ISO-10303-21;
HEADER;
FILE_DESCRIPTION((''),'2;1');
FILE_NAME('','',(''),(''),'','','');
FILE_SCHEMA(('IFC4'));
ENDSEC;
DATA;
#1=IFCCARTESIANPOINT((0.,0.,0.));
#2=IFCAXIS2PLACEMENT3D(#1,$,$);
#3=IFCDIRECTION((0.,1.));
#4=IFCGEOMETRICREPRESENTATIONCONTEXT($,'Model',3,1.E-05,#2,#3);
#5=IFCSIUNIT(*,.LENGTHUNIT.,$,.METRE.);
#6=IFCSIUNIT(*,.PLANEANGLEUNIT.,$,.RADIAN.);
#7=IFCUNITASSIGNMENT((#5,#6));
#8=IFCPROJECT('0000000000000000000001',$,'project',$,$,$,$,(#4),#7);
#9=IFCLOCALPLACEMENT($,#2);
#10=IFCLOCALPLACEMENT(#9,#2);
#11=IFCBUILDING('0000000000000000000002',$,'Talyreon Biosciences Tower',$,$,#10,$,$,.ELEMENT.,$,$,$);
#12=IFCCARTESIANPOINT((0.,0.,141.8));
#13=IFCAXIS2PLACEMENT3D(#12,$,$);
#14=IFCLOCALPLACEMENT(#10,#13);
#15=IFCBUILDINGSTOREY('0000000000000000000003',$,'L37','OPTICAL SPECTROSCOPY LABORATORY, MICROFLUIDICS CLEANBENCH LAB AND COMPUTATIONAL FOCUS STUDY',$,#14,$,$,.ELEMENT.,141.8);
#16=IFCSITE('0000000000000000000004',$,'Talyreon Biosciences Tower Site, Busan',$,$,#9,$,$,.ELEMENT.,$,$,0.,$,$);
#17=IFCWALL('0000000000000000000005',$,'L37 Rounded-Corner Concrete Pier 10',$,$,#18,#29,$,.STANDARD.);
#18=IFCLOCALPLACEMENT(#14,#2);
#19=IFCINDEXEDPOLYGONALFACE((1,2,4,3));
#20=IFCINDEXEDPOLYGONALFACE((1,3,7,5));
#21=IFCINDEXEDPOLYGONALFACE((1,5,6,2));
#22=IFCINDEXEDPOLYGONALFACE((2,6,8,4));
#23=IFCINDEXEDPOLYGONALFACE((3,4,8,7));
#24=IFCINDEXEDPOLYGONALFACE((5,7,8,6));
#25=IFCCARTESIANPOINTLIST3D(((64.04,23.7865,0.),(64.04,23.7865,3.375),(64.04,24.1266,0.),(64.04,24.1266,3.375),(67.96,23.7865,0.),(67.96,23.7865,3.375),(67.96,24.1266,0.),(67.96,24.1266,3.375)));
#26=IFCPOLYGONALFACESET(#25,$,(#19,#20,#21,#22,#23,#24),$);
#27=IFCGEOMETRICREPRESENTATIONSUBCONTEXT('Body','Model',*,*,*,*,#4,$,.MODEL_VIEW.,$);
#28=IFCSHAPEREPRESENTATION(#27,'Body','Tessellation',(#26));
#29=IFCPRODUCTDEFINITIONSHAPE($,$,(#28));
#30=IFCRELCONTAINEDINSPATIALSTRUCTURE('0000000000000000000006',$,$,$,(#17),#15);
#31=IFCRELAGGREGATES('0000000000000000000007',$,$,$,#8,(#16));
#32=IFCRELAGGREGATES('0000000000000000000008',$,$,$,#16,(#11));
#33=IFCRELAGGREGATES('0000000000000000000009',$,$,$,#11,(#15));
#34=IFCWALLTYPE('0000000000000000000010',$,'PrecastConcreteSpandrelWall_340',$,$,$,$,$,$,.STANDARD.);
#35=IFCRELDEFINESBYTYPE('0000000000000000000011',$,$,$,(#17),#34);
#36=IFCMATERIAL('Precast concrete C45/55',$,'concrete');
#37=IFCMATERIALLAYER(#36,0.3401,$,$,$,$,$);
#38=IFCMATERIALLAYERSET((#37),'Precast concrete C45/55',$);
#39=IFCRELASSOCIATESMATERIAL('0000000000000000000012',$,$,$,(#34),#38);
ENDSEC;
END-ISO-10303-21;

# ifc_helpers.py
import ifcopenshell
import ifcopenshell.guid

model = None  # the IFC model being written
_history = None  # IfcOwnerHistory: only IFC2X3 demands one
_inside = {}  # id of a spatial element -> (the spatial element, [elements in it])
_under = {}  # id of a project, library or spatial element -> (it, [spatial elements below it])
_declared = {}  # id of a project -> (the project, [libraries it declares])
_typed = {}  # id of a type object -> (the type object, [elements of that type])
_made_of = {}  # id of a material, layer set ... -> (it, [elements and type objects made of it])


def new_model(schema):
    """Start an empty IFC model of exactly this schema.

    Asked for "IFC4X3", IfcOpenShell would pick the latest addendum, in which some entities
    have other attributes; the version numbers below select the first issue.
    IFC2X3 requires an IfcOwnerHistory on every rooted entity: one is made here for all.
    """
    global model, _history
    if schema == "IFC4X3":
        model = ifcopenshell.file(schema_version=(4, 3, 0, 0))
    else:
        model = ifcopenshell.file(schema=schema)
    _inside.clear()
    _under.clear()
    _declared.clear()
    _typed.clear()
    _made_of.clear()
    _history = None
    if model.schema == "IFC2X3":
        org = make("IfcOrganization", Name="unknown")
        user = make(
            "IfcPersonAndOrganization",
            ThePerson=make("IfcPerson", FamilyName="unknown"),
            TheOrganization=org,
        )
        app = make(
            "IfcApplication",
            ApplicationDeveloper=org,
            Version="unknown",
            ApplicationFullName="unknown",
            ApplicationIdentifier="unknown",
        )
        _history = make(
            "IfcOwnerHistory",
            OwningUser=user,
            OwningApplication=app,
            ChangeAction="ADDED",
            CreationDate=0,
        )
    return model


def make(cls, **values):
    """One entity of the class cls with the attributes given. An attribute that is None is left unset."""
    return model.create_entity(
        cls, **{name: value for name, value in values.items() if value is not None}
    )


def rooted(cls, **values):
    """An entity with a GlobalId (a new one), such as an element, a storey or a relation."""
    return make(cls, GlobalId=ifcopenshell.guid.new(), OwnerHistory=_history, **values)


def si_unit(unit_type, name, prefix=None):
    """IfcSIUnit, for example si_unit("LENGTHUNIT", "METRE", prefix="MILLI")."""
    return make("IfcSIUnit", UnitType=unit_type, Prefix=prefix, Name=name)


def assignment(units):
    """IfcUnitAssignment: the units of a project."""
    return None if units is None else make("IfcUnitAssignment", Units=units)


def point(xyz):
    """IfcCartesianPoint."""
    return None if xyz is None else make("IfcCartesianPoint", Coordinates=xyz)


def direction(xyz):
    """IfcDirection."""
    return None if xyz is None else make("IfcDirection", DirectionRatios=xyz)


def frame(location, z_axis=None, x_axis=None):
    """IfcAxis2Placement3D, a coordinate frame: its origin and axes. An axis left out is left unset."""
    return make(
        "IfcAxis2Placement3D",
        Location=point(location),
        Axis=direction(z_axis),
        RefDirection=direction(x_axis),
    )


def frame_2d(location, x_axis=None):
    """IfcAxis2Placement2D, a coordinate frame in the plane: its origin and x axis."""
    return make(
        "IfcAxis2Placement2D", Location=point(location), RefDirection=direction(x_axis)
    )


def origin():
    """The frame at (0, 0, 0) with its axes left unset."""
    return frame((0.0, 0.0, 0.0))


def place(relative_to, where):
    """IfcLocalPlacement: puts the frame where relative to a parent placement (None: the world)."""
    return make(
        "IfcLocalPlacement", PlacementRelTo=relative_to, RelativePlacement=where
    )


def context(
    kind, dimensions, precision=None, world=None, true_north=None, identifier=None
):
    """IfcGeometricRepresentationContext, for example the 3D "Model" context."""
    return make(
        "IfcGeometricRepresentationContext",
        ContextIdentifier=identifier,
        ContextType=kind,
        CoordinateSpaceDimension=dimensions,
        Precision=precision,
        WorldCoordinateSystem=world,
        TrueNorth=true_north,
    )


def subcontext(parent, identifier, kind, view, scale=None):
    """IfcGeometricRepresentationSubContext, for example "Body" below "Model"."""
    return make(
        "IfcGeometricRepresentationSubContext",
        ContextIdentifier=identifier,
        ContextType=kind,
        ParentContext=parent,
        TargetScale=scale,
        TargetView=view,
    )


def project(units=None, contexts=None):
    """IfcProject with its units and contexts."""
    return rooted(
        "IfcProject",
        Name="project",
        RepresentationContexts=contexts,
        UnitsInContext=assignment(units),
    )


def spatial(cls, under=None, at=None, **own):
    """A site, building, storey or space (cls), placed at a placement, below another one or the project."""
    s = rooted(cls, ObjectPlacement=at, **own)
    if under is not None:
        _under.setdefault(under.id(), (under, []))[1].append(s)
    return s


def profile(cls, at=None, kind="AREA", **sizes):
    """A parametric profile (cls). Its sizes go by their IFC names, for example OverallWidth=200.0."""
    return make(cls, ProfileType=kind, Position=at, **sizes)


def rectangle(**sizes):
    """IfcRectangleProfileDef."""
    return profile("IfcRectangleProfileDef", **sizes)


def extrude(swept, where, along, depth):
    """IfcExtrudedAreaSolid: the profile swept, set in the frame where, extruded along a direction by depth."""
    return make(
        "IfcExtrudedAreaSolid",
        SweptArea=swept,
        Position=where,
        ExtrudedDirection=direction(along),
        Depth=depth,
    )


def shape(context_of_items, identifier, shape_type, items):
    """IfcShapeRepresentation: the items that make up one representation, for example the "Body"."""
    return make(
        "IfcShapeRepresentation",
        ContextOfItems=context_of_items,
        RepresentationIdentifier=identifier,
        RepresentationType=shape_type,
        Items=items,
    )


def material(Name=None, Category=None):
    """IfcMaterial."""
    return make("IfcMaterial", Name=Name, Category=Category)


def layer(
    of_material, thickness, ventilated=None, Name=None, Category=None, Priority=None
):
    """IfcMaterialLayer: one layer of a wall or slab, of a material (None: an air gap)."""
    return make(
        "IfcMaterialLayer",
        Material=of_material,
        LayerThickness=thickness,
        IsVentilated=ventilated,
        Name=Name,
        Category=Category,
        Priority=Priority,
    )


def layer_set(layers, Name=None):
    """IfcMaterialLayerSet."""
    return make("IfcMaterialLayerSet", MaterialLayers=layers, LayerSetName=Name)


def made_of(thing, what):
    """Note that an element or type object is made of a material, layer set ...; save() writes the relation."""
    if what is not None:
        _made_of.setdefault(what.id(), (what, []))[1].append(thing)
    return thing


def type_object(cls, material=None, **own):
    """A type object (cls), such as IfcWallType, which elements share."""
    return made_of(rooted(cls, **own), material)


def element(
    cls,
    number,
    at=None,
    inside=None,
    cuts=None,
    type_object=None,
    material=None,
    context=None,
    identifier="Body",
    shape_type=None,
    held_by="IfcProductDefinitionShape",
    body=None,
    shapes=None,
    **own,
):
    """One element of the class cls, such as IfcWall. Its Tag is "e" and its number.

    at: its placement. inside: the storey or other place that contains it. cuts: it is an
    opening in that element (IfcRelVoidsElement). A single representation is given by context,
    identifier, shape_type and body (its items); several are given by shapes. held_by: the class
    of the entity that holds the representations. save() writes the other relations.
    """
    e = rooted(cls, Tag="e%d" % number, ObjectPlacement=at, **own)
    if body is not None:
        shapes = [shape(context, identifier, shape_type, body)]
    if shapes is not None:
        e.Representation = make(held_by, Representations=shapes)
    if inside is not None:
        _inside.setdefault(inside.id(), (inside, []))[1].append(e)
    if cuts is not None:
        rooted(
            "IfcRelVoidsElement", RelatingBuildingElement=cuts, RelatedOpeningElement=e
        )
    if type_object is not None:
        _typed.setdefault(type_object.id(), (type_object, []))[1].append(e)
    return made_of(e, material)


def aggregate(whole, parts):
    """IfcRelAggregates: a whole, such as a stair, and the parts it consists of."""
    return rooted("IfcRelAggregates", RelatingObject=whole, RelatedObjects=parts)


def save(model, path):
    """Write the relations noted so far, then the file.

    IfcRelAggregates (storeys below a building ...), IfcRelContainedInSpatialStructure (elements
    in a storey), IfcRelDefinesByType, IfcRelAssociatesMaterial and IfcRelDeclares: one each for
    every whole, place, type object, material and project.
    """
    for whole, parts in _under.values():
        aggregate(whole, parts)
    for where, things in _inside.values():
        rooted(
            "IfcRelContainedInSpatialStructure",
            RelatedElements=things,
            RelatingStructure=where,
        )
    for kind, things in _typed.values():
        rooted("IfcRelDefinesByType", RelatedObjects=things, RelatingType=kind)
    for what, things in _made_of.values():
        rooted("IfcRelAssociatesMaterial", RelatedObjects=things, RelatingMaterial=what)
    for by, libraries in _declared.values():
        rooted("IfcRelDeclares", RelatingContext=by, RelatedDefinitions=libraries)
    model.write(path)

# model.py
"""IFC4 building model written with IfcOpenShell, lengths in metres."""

from ifc_helpers import new_model, si_unit, direction, frame, frame_2d, origin, place, context, subcontext, project, spatial, rectangle, extrude, material, layer, layer_set, type_object, element, save


model = new_model("IFC4")

# Units and contexts
model_context = context("Model", 3, precision=1e-05, world=origin(), true_north=direction((0.0, 1.0)))
body_context = subcontext(model_context, "Body", "Model", "MODEL_VIEW")
ifc_project = project(units=[si_unit("LENGTHUNIT", "METRE"), si_unit("PLANEANGLEUNIT", "RADIAN")], contexts=[model_context])

# Site, building, storey
site_placement = place(None, origin())
site = spatial("IfcSite", under=ifc_project, at=site_placement, Name="Talyreon Biosciences Tower Site, Busan", CompositionType="ELEMENT", RefElevation=0.0)
building_placement = place(site_placement, origin())
building = spatial("IfcBuilding", under=site, at=building_placement, Name="Talyreon Biosciences Tower", CompositionType="ELEMENT")
storey_placement = place(building_placement, frame((0.0, 0.0, 141.8)))
storey = spatial("IfcBuildingStorey", under=building, at=storey_placement, Name="L37", Description="OPTICAL SPECTROSCOPY LABORATORY, MICROFLUIDICS CLEANBENCH LAB AND COMPUTATIONAL FOCUS STUDY", CompositionType="ELEMENT", Elevation=141.8)

# Shared definitions
ifc_material_1 = material(Name="Precast concrete C45/55", Category="concrete")

# Wall
ifc_layer_1 = layer(ifc_material_1, 0.3401)
ifc_layer_set_1 = layer_set([ifc_layer_1], Name="Precast concrete C45/55")
wall_type_1 = type_object("IfcWallType", Name="PrecastConcreteSpandrelWall_340", PredefinedType="STANDARD", material=ifc_layer_set_1)
for number, where, z_axis, x_axis, name in (
    (1, (67.96, 23.9565, 0.0), (0.0, 0.0, 1.0), (-1.0, 0.0, 0.0), "L37 Rounded-Corner Concrete Pier 10"),
):
    element("IfcWall", number, at=place(storey_placement, frame(where, z_axis=z_axis, x_axis=x_axis)), inside=storey, type_object=wall_type_1, Name=name, PredefinedType="STANDARD", context=body_context, shape_type="SweptSolid", body=[
        extrude(rectangle(XDim=3.9199, YDim=0.3401, at=frame_2d((1.96, 0.0))), origin(), (0.0, 0.0, 1.0), 3.375),
    ])

save(model, "model.ifc")
